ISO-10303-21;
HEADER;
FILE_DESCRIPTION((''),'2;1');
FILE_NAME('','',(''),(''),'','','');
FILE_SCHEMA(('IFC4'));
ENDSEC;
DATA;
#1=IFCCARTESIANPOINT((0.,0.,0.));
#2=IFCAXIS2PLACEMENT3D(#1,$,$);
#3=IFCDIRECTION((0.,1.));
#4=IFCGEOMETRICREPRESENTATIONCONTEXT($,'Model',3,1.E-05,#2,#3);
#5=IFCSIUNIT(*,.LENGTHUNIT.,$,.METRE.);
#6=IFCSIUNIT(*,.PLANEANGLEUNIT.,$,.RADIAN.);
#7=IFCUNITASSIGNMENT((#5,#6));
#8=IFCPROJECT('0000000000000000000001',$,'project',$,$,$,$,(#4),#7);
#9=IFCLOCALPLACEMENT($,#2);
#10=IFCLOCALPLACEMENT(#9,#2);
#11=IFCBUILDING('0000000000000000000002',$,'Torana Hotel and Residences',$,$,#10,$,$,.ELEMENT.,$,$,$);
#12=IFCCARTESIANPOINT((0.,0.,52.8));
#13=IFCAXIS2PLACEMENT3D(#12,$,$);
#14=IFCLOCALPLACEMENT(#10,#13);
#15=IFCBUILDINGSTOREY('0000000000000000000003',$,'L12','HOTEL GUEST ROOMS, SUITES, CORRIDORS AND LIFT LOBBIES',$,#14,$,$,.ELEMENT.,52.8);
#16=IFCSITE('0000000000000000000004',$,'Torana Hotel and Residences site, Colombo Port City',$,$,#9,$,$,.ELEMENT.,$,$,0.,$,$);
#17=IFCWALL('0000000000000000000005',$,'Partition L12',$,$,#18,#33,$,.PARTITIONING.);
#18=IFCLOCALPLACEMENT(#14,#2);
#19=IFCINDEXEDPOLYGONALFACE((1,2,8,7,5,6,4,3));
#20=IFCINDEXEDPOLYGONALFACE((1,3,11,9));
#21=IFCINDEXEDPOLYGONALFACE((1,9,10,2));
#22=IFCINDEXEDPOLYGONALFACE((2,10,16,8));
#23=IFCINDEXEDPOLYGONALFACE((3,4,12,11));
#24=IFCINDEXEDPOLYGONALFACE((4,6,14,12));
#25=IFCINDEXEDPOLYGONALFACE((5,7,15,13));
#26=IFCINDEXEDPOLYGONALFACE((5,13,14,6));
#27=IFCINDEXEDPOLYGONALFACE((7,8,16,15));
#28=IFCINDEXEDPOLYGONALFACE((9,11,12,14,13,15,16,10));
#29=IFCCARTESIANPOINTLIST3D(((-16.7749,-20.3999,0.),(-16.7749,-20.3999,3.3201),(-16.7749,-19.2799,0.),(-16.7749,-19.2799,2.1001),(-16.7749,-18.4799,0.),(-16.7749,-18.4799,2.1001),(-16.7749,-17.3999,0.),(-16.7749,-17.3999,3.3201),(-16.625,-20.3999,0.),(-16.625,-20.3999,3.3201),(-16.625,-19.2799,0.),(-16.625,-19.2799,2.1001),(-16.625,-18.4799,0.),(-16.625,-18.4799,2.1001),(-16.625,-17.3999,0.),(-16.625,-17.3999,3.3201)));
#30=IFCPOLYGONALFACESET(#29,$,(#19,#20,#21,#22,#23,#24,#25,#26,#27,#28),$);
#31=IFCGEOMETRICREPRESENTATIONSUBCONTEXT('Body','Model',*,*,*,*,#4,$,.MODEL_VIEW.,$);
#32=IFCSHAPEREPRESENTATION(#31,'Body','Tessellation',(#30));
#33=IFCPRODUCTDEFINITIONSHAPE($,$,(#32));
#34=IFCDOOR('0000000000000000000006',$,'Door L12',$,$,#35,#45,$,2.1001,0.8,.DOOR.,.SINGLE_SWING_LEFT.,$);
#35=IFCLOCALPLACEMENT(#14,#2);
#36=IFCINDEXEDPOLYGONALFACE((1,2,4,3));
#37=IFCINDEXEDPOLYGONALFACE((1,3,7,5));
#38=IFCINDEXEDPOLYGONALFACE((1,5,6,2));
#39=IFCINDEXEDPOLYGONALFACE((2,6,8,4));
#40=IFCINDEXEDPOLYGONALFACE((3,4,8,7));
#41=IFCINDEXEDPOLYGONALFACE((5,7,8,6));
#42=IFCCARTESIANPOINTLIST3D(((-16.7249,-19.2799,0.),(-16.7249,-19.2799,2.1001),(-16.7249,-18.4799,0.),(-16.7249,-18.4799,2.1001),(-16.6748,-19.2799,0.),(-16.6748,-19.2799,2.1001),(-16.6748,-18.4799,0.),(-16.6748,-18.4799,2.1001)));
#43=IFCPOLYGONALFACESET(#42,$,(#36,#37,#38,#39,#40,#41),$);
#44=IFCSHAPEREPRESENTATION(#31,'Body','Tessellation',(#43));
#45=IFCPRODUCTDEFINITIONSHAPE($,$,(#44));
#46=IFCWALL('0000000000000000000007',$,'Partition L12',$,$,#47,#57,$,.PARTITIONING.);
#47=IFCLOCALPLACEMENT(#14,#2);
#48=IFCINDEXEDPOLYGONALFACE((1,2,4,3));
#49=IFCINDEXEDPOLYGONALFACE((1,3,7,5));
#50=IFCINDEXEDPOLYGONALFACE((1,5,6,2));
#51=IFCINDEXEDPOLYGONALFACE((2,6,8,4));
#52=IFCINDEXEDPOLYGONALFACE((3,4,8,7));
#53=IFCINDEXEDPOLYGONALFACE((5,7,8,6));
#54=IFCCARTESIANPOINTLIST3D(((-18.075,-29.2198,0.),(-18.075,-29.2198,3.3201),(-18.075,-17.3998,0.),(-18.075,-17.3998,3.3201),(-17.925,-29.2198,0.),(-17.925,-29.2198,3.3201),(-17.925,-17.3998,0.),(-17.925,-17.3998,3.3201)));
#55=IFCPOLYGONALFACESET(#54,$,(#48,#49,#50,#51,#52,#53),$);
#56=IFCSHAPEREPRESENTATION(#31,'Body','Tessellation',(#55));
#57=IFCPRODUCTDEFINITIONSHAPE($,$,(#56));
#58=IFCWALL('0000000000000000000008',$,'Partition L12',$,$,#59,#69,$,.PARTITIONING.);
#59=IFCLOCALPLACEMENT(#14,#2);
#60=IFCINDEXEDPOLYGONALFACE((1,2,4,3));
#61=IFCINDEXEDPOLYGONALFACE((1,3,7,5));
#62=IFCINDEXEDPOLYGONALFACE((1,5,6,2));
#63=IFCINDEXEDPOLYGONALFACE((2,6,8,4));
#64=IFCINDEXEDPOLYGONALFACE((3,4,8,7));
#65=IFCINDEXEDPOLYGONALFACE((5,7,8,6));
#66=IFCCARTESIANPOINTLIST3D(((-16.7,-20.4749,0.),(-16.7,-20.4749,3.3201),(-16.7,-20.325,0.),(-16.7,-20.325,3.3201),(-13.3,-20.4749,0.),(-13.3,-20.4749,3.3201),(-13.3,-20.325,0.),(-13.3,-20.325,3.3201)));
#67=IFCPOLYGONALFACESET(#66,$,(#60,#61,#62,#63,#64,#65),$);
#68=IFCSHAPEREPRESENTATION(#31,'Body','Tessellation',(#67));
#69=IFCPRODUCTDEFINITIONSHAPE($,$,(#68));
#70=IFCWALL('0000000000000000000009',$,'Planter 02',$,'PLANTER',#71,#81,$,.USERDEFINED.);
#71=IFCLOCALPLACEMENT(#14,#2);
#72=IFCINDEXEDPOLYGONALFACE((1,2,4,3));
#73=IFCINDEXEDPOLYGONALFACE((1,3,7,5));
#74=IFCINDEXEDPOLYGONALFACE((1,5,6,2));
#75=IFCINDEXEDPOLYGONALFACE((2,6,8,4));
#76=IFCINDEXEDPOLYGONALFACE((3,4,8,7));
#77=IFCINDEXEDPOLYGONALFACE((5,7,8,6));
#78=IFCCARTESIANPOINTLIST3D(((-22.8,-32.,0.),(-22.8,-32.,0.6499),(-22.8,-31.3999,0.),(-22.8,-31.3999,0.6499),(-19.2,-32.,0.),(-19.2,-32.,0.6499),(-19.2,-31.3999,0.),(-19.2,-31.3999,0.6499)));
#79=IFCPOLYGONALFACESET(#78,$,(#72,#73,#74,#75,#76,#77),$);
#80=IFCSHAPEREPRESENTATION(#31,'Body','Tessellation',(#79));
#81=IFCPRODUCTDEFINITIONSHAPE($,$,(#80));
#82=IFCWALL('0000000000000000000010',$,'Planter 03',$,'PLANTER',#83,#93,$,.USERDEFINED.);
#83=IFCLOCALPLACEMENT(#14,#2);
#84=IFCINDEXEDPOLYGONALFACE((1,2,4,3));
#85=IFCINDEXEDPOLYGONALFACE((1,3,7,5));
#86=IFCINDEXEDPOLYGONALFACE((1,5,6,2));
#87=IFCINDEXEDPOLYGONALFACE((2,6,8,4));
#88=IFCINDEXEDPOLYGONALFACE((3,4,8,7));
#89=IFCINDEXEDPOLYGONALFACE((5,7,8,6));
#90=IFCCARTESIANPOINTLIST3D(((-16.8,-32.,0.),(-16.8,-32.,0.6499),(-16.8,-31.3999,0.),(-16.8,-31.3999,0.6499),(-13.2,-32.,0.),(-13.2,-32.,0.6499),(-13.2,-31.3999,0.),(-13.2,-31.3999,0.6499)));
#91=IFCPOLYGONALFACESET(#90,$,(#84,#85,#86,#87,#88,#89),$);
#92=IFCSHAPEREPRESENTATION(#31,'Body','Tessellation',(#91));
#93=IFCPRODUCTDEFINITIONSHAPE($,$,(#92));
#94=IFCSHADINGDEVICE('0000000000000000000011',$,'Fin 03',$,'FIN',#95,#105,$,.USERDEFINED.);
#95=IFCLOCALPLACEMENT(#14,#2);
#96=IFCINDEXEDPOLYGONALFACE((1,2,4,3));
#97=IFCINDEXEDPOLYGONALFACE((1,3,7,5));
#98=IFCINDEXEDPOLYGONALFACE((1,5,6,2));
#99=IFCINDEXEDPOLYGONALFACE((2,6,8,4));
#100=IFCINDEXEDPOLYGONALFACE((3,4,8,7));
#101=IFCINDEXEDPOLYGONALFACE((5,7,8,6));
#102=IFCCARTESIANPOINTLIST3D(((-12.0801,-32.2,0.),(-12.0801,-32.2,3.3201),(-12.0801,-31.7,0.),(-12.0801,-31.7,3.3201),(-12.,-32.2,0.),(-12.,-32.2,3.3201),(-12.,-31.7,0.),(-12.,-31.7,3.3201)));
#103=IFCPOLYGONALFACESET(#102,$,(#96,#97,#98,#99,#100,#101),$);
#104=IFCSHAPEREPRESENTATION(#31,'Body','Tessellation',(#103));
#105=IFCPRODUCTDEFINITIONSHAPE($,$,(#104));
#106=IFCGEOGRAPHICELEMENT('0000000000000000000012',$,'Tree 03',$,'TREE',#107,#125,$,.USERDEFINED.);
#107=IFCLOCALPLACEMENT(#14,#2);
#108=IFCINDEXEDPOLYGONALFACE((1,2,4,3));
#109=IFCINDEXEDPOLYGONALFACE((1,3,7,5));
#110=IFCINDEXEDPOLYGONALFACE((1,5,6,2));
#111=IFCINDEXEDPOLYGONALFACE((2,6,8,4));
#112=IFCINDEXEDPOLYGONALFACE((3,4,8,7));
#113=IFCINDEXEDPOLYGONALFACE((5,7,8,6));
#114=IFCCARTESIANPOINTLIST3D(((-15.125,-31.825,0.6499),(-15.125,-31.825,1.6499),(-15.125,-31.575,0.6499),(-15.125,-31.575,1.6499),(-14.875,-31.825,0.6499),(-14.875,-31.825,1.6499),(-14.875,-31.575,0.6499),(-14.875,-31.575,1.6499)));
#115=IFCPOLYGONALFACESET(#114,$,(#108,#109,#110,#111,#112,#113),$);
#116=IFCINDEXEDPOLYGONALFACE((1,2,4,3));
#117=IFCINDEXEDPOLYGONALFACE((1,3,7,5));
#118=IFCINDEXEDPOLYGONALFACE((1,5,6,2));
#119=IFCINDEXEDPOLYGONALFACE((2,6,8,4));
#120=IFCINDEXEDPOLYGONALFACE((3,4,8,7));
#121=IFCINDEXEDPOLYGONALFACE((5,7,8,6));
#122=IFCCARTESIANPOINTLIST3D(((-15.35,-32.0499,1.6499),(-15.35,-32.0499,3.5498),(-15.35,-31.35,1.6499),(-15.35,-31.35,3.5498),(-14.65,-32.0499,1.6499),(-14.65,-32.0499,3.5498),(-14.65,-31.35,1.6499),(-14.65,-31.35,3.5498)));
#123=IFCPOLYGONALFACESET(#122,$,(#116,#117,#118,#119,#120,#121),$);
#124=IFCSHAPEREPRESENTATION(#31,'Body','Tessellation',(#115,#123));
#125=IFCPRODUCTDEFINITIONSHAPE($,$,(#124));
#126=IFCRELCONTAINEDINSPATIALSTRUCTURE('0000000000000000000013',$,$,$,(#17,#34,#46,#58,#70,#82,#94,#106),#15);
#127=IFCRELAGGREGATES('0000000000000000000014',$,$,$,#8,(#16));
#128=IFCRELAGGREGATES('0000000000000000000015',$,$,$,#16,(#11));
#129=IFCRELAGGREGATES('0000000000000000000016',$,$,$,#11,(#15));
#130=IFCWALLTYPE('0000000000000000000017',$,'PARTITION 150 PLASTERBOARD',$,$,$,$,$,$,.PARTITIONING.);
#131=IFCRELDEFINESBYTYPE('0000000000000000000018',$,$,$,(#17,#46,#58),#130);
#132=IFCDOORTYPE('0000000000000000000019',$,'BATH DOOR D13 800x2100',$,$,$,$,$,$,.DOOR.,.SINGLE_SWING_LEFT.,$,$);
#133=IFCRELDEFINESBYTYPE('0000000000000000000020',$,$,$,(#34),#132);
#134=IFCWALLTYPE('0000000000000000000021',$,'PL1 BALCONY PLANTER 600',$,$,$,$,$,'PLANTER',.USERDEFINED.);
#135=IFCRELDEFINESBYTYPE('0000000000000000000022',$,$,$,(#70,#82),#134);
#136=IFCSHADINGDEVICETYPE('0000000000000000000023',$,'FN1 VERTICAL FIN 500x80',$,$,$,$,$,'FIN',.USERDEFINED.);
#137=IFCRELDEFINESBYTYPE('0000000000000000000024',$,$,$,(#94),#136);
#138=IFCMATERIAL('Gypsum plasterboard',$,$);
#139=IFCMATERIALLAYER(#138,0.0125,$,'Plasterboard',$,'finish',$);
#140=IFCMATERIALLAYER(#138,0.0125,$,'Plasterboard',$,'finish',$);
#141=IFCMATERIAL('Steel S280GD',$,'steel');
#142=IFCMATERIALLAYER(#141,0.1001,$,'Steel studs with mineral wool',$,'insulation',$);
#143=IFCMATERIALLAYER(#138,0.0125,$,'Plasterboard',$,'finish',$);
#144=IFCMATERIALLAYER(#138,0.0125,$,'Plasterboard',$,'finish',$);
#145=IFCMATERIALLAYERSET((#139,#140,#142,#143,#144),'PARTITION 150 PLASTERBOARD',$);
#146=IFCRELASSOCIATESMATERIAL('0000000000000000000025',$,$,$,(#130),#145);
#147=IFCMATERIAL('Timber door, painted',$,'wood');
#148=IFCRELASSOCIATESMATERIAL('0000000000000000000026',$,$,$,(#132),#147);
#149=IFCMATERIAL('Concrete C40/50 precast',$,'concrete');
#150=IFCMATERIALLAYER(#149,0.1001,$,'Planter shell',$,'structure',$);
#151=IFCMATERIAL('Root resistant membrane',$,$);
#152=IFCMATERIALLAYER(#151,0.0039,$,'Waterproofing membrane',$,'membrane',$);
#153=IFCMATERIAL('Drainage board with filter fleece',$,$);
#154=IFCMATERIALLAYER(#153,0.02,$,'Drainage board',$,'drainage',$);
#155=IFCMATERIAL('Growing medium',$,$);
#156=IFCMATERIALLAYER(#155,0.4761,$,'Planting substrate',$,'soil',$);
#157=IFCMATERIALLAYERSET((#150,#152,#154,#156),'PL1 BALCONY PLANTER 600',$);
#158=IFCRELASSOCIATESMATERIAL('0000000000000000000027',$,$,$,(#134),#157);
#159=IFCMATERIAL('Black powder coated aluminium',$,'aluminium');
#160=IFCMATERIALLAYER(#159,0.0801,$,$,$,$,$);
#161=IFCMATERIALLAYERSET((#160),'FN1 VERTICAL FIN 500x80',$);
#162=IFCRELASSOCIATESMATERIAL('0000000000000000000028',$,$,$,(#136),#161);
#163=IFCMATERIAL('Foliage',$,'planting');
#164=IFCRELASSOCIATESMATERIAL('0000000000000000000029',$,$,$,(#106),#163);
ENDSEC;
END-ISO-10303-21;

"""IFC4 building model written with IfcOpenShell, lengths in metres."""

from ifc_helpers import new_model, si_unit, direction, frame, frame_2d, origin, origin_2d, place, context, subcontext, project, spatial, rectangle, extrude, material, layer, layer_set, type_object, element, fill, save


model = new_model("IFC4")

# Units and contexts
model_context = context("Model", 3, precision=1e-05, world=origin(), true_north=direction((0.0, 1.0)))
body_context = subcontext(model_context, "Body", "Model", "MODEL_VIEW")
ifc_project = project(units=[si_unit("LENGTHUNIT", "METRE"), si_unit("PLANEANGLEUNIT", "RADIAN")], contexts=[model_context])

# Site, building, storey
site_placement = place(None, origin())
site = spatial("IfcSite", under=ifc_project, at=site_placement, Name="Torana Hotel and Residences site, Colombo Port City", CompositionType="ELEMENT", RefElevation=0.0)
building_placement = place(site_placement, origin())
building = spatial("IfcBuilding", under=site, at=building_placement, Name="Torana Hotel and Residences", CompositionType="ELEMENT")
storey_placement = place(building_placement, frame((0.0, 0.0, 52.8)))
storey = spatial("IfcBuildingStorey", under=building, at=storey_placement, Name="L12", Description="HOTEL GUEST ROOMS, SUITES, CORRIDORS AND LIFT LOBBIES", CompositionType="ELEMENT", Elevation=52.8)

# Shared definitions
ifc_material_1 = material(Name="Gypsum plasterboard")
ifc_layer_1 = layer(ifc_material_1, 0.0125, Name="Plasterboard", Category="finish")
ifc_layer_2 = layer(ifc_material_1, 0.0125, Name="Plasterboard", Category="finish")
ifc_material_2 = material(Name="Steel S280GD", Category="steel")
ifc_layer_3 = layer(ifc_material_2, 0.1001, Name="Steel studs with mineral wool", Category="insulation")
ifc_layer_4 = layer(ifc_material_1, 0.0125, Name="Plasterboard", Category="finish")
ifc_layer_5 = layer(ifc_material_1, 0.0125, Name="Plasterboard", Category="finish")
ifc_layer_set_1 = layer_set([ifc_layer_1, ifc_layer_2, ifc_layer_3, ifc_layer_4, ifc_layer_5], Name="PARTITION 150 PLASTERBOARD")
wall_type_1 = type_object("IfcWallType", Name="PARTITION 150 PLASTERBOARD", PredefinedType="PARTITIONING", material=ifc_layer_set_1)

# Shared definitions
ifc_material_3 = material(Name="Timber door, painted", Category="wood")
door_type = type_object("IfcDoorType", Name="BATH DOOR D13 800x2100", OperationType="SINGLE_SWING_LEFT", PredefinedType="DOOR", material=ifc_material_3)

# Wall, opening, door
wall_1_placement = place(storey_placement, frame((-16.7, -20.3999, 0.0), z_axis=(0.0, 0.0, 1.0), x_axis=(0.0, 1.0, 0.0)))
wall_1 = element("IfcWall", 1, at=wall_1_placement, inside=storey, type_object=wall_type_1, Name="Partition L12", PredefinedType="PARTITIONING", context=body_context, shape_type="SweptSolid", body=[
    extrude(rectangle(XDim=3.0, YDim=0.1499, at=frame_2d((1.5, 0.0))), origin(), (0.0, 0.0, 1.0), 3.3201),
])
opening_1_placement = place(wall_1_placement, frame((1.1201, 0.0, 0.0)))
opening_1 = element("IfcOpeningElement", 2, at=opening_1_placement, cuts=wall_1, PredefinedType="OPENING", context=body_context, shape_type="SweptSolid", body=[
    extrude(rectangle(XDim=0.8, YDim=2.1001, at=frame_2d((0.3999, 1.05))), frame((0.0, 0.085, 0.0), z_axis=(0.0, -1.0, 0.0), x_axis=(1.0, 0.0, 0.0)), (0.0, 0.0, 1.0), 0.1699),
])
door_1_placement = place(opening_1_placement, origin())
door_1 = element("IfcDoor", 3, at=door_1_placement, inside=storey, type_object=door_type, Name="Door L12", OperationType="SINGLE_SWING_LEFT", OverallHeight=2.1001, OverallWidth=0.8, PredefinedType="DOOR", context=body_context, shape_type="SweptSolid", body=[
    extrude(rectangle(XDim=0.8, YDim=2.1001, at=frame_2d((0.3999, 1.05))), frame((0.0, 0.0249, 0.0), z_axis=(0.0, -1.0, 0.0), x_axis=(1.0, 0.0, 0.0)), (0.0, 0.0, 1.0), 0.05),
])
fill(opening_1, door_1)

# Walls
wall_2_placement = place(storey_placement, frame((-18.0, -29.22, 0.0), z_axis=(0.0, 0.0, 1.0), x_axis=(0.0, 1.0, 0.0)))
element("IfcWall", 4, at=wall_2_placement, inside=storey, type_object=wall_type_1, Name="Partition L12", PredefinedType="PARTITIONING", context=body_context, shape_type="SweptSolid", body=[
    extrude(rectangle(XDim=11.8201, YDim=0.1499, at=frame_2d((5.9102, 0.0))), origin(), (0.0, 0.0, 1.0), 3.3201),
])
wall_3_placement = place(storey_placement, frame((-16.7, -20.3999, 0.0), z_axis=(0.0, 0.0, 1.0), x_axis=(1.0, 0.0, 0.0)))
element("IfcWall", 5, at=wall_3_placement, inside=storey, type_object=wall_type_1, Name="Partition L12", PredefinedType="PARTITIONING", context=body_context, shape_type="SweptSolid", body=[
    extrude(rectangle(XDim=3.3999, YDim=0.1499, at=frame_2d((1.7, 0.0))), origin(), (0.0, 0.0, 1.0), 3.3201),
])
ifc_material_4 = material(Name="Concrete C40/50 precast", Category="concrete")
ifc_layer_6 = layer(ifc_material_4, 0.1001, Name="Planter shell", Category="structure")
ifc_material_5 = material(Name="Root resistant membrane")
ifc_layer_7 = layer(ifc_material_5, 0.0039, Name="Waterproofing membrane", Category="membrane")
ifc_material_6 = material(Name="Drainage board with filter fleece")
ifc_layer_8 = layer(ifc_material_6, 0.02, Name="Drainage board", Category="drainage")
ifc_material_7 = material(Name="Growing medium")
ifc_layer_9 = layer(ifc_material_7, 0.4761, Name="Planting substrate", Category="soil")
ifc_layer_set_2 = layer_set([ifc_layer_6, ifc_layer_7, ifc_layer_8, ifc_layer_9], Name="PL1 BALCONY PLANTER 600")
wall_type_2 = type_object("IfcWallType", Name="PL1 BALCONY PLANTER 600", ElementType="PLANTER", PredefinedType="USERDEFINED", material=ifc_layer_set_2)
for number, where, z_axis, x_axis, name in (
    (6, (-19.2, -31.7, 0.0), (0.0, 0.0, 1.0), (-1.0, 0.0, 0.0), "Planter 02"),
    (7, (-13.2, -31.7, 0.0), (0.0, 0.0, 1.0), (-1.0, 0.0, 0.0), "Planter 03"),
):
    element("IfcWall", number, at=place(storey_placement, frame(where, z_axis=z_axis, x_axis=x_axis)), inside=storey, type_object=wall_type_2, Name=name, ObjectType="PLANTER", PredefinedType="USERDEFINED", context=body_context, shape_type="SweptSolid", body=[
        extrude(rectangle(XDim=3.6001, YDim=0.6001, at=frame_2d((1.8, 0.0))), origin(), (0.0, 0.0, 1.0), 0.6499),
    ])

# Shading device
ifc_material_8 = material(Name="Black powder coated aluminium", Category="aluminium")
ifc_layer_10 = layer(ifc_material_8, 0.0801)
ifc_layer_set_3 = layer_set([ifc_layer_10], Name="FN1 VERTICAL FIN 500x80")
shading_device_type = type_object("IfcShadingDeviceType", Name="FN1 VERTICAL FIN 500x80", ElementType="FIN", PredefinedType="USERDEFINED", material=ifc_layer_set_3)
shading_device_placement = place(storey_placement, frame((-12.04, -31.95, 0.0), z_axis=(0.0, 0.0, 1.0), x_axis=(-1.0, 0.0, 0.0)))
element("IfcShadingDevice", 8, at=shading_device_placement, inside=storey, type_object=shading_device_type, Name="Fin 03", ObjectType="FIN", PredefinedType="USERDEFINED", context=body_context, shape_type="SweptSolid", body=[
    extrude(rectangle(XDim=0.0801, YDim=0.5, at=origin_2d()), origin(), (0.0, 0.0, 1.0), 3.3201),
])

# Geographic element
ifc_material_9 = material(Name="Foliage", Category="planting")
geographic_element_placement = place(storey_placement, frame((-15.0, -31.7, 0.6499), z_axis=(0.0, 0.0, 1.0), x_axis=(1.0, 0.0, 0.0)))
element("IfcGeographicElement", 9, at=geographic_element_placement, inside=storey, material=ifc_material_9, Name="Tree 03", ObjectType="TREE", PredefinedType="USERDEFINED", context=body_context, shape_type="SweptSolid", body=[
    extrude(rectangle(XDim=0.25, YDim=0.25, at=origin_2d()), origin(), (0.0, 0.0, 1.0), 1.0),
    extrude(rectangle(XDim=0.7, YDim=0.7, at=origin_2d()), frame((0.0, 0.0, 1.0)), (0.0, 0.0, 1.0), 1.8999),
])

save(model, "model.ifc")
